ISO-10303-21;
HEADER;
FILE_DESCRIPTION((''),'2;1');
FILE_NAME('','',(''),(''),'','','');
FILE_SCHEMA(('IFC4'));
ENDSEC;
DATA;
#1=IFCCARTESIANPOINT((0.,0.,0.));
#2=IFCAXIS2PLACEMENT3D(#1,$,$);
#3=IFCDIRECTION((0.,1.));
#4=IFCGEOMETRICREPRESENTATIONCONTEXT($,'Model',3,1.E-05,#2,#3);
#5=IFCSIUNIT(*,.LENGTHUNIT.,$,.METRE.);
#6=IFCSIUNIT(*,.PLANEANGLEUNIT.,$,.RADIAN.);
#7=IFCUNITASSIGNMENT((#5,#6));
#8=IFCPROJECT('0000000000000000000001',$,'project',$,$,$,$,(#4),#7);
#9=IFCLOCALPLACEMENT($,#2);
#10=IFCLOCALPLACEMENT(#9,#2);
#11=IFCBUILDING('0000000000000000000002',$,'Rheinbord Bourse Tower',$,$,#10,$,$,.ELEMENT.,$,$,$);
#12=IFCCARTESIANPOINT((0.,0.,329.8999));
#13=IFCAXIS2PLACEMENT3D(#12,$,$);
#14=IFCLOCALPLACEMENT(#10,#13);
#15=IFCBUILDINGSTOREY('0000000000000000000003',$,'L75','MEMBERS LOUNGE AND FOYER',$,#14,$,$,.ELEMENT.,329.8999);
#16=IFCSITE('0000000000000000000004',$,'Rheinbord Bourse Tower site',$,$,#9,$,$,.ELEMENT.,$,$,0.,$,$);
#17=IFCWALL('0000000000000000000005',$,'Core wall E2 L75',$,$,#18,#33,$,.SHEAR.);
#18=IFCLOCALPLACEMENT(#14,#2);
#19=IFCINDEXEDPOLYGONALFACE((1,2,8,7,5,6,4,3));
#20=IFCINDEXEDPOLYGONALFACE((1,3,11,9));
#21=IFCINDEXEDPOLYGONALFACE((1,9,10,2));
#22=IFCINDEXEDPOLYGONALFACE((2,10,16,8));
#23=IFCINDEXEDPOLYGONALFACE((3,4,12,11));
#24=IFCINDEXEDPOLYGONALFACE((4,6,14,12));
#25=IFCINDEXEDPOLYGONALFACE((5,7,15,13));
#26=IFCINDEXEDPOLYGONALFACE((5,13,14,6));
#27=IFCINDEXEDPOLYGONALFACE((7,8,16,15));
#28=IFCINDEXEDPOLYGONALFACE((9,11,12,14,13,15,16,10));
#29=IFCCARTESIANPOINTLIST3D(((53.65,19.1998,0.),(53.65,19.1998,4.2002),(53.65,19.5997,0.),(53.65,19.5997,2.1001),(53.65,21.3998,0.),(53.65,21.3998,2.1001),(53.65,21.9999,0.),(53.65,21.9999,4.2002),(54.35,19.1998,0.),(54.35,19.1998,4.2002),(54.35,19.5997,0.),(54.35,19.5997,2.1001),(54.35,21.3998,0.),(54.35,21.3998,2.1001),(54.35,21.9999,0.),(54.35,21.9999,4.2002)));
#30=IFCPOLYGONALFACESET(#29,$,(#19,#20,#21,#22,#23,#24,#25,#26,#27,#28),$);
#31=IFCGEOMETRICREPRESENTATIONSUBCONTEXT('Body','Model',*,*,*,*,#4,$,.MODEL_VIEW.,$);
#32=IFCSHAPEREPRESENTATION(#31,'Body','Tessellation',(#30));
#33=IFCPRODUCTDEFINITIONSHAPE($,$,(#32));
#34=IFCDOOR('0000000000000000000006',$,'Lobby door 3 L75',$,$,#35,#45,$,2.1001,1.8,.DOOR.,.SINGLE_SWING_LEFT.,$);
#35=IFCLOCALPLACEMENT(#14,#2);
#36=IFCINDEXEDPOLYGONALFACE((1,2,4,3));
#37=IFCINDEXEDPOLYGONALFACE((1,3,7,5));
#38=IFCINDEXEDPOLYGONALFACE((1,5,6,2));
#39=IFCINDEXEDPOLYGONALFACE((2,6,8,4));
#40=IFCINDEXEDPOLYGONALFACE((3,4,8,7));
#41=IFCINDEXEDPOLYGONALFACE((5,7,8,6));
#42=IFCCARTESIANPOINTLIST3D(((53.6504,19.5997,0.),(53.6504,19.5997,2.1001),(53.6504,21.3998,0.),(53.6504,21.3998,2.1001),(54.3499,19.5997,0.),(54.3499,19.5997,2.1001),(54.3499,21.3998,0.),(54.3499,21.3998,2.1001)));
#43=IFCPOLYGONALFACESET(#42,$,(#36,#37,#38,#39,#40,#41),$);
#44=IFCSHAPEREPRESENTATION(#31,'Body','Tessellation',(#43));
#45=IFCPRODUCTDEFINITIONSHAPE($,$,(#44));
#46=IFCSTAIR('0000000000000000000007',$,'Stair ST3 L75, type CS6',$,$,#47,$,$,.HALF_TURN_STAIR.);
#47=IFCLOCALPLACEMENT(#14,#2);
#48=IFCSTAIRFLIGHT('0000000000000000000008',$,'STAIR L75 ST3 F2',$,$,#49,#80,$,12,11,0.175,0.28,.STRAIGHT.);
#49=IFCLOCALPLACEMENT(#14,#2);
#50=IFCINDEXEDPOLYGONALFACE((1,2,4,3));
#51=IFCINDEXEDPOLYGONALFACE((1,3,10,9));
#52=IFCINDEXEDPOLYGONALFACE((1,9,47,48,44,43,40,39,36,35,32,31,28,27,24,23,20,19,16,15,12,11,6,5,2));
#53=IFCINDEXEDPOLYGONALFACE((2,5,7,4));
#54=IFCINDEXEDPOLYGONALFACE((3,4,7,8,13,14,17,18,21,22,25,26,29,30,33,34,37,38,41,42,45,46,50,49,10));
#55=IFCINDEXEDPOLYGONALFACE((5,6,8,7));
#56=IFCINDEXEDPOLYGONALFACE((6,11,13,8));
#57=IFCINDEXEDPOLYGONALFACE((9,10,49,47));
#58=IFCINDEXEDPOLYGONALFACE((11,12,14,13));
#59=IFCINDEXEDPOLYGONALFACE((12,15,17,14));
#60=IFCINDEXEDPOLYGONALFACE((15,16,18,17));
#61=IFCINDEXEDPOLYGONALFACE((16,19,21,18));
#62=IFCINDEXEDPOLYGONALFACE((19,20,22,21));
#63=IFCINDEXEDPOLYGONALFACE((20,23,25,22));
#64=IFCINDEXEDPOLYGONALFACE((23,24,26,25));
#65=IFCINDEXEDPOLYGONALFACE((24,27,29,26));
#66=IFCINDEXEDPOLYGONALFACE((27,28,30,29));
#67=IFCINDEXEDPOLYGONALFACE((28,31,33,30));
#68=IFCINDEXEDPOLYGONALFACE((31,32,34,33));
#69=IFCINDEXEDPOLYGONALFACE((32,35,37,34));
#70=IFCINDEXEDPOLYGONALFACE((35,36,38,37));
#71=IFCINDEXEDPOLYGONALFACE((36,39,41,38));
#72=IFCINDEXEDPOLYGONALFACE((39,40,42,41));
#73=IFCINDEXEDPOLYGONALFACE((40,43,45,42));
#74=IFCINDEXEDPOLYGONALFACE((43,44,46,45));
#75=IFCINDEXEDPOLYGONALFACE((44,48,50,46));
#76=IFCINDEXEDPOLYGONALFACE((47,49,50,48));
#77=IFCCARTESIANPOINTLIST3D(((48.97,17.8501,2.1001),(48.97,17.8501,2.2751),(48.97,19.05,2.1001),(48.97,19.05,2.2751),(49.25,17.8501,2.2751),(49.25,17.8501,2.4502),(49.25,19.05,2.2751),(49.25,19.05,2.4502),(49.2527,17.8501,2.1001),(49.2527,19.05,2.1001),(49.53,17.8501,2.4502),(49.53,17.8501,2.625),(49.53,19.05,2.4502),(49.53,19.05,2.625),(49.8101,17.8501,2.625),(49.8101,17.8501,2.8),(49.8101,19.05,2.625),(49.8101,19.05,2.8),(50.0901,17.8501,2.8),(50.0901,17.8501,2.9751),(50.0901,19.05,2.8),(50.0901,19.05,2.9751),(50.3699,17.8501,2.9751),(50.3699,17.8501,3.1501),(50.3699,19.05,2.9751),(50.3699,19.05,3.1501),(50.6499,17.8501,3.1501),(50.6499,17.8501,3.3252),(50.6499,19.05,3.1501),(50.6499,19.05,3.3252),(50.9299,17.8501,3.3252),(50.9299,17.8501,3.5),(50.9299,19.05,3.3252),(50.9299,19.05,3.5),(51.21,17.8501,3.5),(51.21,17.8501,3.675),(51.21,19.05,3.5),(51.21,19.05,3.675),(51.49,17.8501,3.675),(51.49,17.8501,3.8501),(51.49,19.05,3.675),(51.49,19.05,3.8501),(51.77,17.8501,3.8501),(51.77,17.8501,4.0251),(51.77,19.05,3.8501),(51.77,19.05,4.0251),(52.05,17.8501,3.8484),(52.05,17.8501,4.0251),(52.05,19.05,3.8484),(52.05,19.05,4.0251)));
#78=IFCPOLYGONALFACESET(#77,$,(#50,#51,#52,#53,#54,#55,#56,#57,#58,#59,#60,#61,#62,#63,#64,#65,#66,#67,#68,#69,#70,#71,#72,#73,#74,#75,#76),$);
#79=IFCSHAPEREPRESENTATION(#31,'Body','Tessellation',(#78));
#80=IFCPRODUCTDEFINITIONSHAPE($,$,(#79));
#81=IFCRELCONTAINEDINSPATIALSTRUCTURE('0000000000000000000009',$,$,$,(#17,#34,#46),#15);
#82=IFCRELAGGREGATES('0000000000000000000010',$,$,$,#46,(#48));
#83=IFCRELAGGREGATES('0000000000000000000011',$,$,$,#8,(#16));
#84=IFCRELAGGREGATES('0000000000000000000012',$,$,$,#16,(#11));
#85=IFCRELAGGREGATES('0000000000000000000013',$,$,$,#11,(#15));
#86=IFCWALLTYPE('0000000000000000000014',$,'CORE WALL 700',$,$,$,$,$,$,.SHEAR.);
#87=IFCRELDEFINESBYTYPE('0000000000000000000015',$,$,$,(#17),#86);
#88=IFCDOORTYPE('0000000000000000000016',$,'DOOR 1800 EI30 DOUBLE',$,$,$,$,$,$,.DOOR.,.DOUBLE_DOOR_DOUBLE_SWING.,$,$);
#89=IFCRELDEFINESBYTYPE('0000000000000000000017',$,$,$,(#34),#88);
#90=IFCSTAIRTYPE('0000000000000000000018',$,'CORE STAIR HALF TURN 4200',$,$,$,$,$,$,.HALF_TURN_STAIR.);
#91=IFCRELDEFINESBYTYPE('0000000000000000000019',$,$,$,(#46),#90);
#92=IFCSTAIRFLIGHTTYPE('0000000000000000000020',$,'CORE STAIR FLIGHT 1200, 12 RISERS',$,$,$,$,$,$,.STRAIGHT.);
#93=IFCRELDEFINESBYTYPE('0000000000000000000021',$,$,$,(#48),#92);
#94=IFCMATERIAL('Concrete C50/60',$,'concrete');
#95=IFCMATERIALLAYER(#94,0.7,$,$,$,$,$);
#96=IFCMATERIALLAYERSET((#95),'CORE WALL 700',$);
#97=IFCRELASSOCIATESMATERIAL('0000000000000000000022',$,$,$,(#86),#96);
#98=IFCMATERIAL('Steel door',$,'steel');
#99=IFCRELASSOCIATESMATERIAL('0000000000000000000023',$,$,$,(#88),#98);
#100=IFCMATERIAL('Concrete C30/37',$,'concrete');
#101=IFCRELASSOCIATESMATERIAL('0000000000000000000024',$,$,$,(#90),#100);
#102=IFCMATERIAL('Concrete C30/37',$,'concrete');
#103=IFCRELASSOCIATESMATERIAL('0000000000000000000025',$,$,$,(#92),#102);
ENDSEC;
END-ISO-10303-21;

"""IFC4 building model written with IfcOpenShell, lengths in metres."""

from ifc_helpers import new_model, si_unit, direction, frame, frame_2d, origin, place, context, subcontext, project, spatial, polyline, rectangle, outline, extrude, material, layer, layer_set, type_object, element, fill, aggregate, save


model = new_model("IFC4")

# Units and contexts
model_context = context("Model", 3, precision=1e-05, world=origin(), true_north=direction((0.0, 1.0)))
body_context = subcontext(model_context, "Body", "Model", "MODEL_VIEW")
ifc_project = project(units=[si_unit("LENGTHUNIT", "METRE"), si_unit("PLANEANGLEUNIT", "RADIAN")], contexts=[model_context])

# Site, building, storey
site_placement = place(None, origin())
site = spatial("IfcSite", under=ifc_project, at=site_placement, Name="Rheinbord Bourse Tower site", CompositionType="ELEMENT", RefElevation=0.0)
building_placement = place(site_placement, origin())
building = spatial("IfcBuilding", under=site, at=building_placement, Name="Rheinbord Bourse Tower", CompositionType="ELEMENT")
storey_placement = place(building_placement, frame((0.0, 0.0, 329.8999)))
storey = spatial("IfcBuildingStorey", under=building, at=storey_placement, Name="L75", Description="MEMBERS LOUNGE AND FOYER", CompositionType="ELEMENT", Elevation=329.8999)

# Wall, opening, door
ifc_material_1 = material(Name="Concrete C50/60", Category="concrete")
ifc_layer_1 = layer(ifc_material_1, 0.7)
ifc_layer_set_1 = layer_set([ifc_layer_1], Name="CORE WALL 700")
wall_type_1 = type_object("IfcWallType", Name="CORE WALL 700", PredefinedType="SHEAR", material=ifc_layer_set_1)
wall_1_placement = place(storey_placement, frame((54.0, 19.2, 0.0), z_axis=(0.0, 0.0, 1.0), x_axis=(0.0, 1.0, 0.0)))
wall_1 = element("IfcWall", 1, at=wall_1_placement, inside=storey, type_object=wall_type_1, Name="Core wall E2 L75", PredefinedType="SHEAR", context=body_context, shape_type="SweptSolid", body=[
    extrude(rectangle(XDim=2.8, YDim=0.7, at=frame_2d((1.3999, 0.0))), origin(), (0.0, 0.0, 1.0), 4.2002),
])
opening_1_placement = place(wall_1_placement, frame((0.3999, 0.0, 0.0)))
opening_1 = element("IfcOpeningElement", 2, at=opening_1_placement, cuts=wall_1, PredefinedType="OPENING", context=body_context, shape_type="SweptSolid", body=[
    extrude(rectangle(XDim=1.8, YDim=2.1001, at=frame_2d((0.8999, 1.05))), frame((0.0, 0.3599, 0.0), z_axis=(0.0, -1.0, 0.0), x_axis=(1.0, 0.0, 0.0)), (0.0, 0.0, 1.0), 0.72),
])
ifc_material_2 = material(Name="Steel door", Category="steel")
door_type_1 = type_object("IfcDoorType", Name="DOOR 1800 EI30 DOUBLE", OperationType="DOUBLE_DOOR_DOUBLE_SWING", PredefinedType="DOOR", material=ifc_material_2)
door_1_placement = place(opening_1_placement, origin())
door_1 = element("IfcDoor", 3, at=door_1_placement, inside=storey, type_object=door_type_1, Name="Lobby door 3 L75", OperationType="SINGLE_SWING_LEFT", OverallHeight=2.1001, OverallWidth=1.8, PredefinedType="DOOR", context=body_context, shape_type="SweptSolid", body=[
    extrude(rectangle(XDim=1.8, YDim=2.1001, at=frame_2d((0.8999, 1.05))), frame((0.0, 0.3496, 0.0), z_axis=(0.0, -1.0, 0.0), x_axis=(1.0, 0.0, 0.0)), (0.0, 0.0, 1.0), 0.6995),
])
fill(opening_1, door_1)

# Stair, stair flight
ifc_material_3 = material(Name="Concrete C30/37", Category="concrete")
stair_type = type_object("IfcStairType", Name="CORE STAIR HALF TURN 4200", PredefinedType="HALF_TURN_STAIR", material=ifc_material_3)
stair_placement = place(storey_placement, origin())
stair = element("IfcStair", 4, at=stair_placement, inside=storey, type_object=stair_type, Name="Stair ST3 L75, type CS6", PredefinedType="HALF_TURN_STAIR")
ifc_material_4 = material(Name="Concrete C30/37", Category="concrete")
stair_flight_type = type_object("IfcStairFlightType", Name="CORE STAIR FLIGHT 1200, 12 RISERS", PredefinedType="STRAIGHT", material=ifc_material_4)
stair_flight_placement = place(storey_placement, frame((48.97, 18.45, 2.1001), z_axis=(0.0, 0.0, 1.0), x_axis=(1.0, 0.0, 0.0)))
stair_flight = element("IfcStairFlight", 5, at=stair_flight_placement, type_object=stair_flight_type, Name="STAIR L75 ST3 F2", NumberOfRisers=12, NumberOfTreads=11, PredefinedType="STRAIGHT", RiserHeight=0.175, TreadLength=0.28, context=body_context, shape_type="SweptSolid", body=[
    extrude(outline(polyline([(0.0, 0.0), (0.0, 0.175), (0.28, 0.175), (0.28, 0.3501), (0.5601, 0.3501), (0.5601, 0.5249), (0.8401, 0.5249), (0.8401, 0.7), (1.1201, 0.7), (1.1201, 0.875), (1.3999, 0.875), (1.3999, 1.05), (1.6799, 1.05), (1.6799, 1.2251), (1.96, 1.2251), (1.96, 1.3999), (2.24, 1.3999), (2.24, 1.575), (2.52, 1.575), (2.52, 1.75), (2.8, 1.75), (2.8, 1.925), (3.0801, 1.925), (3.0801, 2.1001), (3.0801, 1.7483), (0.2827, 0.0), (0.0, 0.0)])), frame((0.0, 0.6001, 0.0), z_axis=(0.0, -1.0, 0.0), x_axis=(1.0, 0.0, 0.0)), (0.0, 0.0, 1.0), 1.2),
])
aggregate(stair, [stair_flight])

save(model, "model.ifc")
